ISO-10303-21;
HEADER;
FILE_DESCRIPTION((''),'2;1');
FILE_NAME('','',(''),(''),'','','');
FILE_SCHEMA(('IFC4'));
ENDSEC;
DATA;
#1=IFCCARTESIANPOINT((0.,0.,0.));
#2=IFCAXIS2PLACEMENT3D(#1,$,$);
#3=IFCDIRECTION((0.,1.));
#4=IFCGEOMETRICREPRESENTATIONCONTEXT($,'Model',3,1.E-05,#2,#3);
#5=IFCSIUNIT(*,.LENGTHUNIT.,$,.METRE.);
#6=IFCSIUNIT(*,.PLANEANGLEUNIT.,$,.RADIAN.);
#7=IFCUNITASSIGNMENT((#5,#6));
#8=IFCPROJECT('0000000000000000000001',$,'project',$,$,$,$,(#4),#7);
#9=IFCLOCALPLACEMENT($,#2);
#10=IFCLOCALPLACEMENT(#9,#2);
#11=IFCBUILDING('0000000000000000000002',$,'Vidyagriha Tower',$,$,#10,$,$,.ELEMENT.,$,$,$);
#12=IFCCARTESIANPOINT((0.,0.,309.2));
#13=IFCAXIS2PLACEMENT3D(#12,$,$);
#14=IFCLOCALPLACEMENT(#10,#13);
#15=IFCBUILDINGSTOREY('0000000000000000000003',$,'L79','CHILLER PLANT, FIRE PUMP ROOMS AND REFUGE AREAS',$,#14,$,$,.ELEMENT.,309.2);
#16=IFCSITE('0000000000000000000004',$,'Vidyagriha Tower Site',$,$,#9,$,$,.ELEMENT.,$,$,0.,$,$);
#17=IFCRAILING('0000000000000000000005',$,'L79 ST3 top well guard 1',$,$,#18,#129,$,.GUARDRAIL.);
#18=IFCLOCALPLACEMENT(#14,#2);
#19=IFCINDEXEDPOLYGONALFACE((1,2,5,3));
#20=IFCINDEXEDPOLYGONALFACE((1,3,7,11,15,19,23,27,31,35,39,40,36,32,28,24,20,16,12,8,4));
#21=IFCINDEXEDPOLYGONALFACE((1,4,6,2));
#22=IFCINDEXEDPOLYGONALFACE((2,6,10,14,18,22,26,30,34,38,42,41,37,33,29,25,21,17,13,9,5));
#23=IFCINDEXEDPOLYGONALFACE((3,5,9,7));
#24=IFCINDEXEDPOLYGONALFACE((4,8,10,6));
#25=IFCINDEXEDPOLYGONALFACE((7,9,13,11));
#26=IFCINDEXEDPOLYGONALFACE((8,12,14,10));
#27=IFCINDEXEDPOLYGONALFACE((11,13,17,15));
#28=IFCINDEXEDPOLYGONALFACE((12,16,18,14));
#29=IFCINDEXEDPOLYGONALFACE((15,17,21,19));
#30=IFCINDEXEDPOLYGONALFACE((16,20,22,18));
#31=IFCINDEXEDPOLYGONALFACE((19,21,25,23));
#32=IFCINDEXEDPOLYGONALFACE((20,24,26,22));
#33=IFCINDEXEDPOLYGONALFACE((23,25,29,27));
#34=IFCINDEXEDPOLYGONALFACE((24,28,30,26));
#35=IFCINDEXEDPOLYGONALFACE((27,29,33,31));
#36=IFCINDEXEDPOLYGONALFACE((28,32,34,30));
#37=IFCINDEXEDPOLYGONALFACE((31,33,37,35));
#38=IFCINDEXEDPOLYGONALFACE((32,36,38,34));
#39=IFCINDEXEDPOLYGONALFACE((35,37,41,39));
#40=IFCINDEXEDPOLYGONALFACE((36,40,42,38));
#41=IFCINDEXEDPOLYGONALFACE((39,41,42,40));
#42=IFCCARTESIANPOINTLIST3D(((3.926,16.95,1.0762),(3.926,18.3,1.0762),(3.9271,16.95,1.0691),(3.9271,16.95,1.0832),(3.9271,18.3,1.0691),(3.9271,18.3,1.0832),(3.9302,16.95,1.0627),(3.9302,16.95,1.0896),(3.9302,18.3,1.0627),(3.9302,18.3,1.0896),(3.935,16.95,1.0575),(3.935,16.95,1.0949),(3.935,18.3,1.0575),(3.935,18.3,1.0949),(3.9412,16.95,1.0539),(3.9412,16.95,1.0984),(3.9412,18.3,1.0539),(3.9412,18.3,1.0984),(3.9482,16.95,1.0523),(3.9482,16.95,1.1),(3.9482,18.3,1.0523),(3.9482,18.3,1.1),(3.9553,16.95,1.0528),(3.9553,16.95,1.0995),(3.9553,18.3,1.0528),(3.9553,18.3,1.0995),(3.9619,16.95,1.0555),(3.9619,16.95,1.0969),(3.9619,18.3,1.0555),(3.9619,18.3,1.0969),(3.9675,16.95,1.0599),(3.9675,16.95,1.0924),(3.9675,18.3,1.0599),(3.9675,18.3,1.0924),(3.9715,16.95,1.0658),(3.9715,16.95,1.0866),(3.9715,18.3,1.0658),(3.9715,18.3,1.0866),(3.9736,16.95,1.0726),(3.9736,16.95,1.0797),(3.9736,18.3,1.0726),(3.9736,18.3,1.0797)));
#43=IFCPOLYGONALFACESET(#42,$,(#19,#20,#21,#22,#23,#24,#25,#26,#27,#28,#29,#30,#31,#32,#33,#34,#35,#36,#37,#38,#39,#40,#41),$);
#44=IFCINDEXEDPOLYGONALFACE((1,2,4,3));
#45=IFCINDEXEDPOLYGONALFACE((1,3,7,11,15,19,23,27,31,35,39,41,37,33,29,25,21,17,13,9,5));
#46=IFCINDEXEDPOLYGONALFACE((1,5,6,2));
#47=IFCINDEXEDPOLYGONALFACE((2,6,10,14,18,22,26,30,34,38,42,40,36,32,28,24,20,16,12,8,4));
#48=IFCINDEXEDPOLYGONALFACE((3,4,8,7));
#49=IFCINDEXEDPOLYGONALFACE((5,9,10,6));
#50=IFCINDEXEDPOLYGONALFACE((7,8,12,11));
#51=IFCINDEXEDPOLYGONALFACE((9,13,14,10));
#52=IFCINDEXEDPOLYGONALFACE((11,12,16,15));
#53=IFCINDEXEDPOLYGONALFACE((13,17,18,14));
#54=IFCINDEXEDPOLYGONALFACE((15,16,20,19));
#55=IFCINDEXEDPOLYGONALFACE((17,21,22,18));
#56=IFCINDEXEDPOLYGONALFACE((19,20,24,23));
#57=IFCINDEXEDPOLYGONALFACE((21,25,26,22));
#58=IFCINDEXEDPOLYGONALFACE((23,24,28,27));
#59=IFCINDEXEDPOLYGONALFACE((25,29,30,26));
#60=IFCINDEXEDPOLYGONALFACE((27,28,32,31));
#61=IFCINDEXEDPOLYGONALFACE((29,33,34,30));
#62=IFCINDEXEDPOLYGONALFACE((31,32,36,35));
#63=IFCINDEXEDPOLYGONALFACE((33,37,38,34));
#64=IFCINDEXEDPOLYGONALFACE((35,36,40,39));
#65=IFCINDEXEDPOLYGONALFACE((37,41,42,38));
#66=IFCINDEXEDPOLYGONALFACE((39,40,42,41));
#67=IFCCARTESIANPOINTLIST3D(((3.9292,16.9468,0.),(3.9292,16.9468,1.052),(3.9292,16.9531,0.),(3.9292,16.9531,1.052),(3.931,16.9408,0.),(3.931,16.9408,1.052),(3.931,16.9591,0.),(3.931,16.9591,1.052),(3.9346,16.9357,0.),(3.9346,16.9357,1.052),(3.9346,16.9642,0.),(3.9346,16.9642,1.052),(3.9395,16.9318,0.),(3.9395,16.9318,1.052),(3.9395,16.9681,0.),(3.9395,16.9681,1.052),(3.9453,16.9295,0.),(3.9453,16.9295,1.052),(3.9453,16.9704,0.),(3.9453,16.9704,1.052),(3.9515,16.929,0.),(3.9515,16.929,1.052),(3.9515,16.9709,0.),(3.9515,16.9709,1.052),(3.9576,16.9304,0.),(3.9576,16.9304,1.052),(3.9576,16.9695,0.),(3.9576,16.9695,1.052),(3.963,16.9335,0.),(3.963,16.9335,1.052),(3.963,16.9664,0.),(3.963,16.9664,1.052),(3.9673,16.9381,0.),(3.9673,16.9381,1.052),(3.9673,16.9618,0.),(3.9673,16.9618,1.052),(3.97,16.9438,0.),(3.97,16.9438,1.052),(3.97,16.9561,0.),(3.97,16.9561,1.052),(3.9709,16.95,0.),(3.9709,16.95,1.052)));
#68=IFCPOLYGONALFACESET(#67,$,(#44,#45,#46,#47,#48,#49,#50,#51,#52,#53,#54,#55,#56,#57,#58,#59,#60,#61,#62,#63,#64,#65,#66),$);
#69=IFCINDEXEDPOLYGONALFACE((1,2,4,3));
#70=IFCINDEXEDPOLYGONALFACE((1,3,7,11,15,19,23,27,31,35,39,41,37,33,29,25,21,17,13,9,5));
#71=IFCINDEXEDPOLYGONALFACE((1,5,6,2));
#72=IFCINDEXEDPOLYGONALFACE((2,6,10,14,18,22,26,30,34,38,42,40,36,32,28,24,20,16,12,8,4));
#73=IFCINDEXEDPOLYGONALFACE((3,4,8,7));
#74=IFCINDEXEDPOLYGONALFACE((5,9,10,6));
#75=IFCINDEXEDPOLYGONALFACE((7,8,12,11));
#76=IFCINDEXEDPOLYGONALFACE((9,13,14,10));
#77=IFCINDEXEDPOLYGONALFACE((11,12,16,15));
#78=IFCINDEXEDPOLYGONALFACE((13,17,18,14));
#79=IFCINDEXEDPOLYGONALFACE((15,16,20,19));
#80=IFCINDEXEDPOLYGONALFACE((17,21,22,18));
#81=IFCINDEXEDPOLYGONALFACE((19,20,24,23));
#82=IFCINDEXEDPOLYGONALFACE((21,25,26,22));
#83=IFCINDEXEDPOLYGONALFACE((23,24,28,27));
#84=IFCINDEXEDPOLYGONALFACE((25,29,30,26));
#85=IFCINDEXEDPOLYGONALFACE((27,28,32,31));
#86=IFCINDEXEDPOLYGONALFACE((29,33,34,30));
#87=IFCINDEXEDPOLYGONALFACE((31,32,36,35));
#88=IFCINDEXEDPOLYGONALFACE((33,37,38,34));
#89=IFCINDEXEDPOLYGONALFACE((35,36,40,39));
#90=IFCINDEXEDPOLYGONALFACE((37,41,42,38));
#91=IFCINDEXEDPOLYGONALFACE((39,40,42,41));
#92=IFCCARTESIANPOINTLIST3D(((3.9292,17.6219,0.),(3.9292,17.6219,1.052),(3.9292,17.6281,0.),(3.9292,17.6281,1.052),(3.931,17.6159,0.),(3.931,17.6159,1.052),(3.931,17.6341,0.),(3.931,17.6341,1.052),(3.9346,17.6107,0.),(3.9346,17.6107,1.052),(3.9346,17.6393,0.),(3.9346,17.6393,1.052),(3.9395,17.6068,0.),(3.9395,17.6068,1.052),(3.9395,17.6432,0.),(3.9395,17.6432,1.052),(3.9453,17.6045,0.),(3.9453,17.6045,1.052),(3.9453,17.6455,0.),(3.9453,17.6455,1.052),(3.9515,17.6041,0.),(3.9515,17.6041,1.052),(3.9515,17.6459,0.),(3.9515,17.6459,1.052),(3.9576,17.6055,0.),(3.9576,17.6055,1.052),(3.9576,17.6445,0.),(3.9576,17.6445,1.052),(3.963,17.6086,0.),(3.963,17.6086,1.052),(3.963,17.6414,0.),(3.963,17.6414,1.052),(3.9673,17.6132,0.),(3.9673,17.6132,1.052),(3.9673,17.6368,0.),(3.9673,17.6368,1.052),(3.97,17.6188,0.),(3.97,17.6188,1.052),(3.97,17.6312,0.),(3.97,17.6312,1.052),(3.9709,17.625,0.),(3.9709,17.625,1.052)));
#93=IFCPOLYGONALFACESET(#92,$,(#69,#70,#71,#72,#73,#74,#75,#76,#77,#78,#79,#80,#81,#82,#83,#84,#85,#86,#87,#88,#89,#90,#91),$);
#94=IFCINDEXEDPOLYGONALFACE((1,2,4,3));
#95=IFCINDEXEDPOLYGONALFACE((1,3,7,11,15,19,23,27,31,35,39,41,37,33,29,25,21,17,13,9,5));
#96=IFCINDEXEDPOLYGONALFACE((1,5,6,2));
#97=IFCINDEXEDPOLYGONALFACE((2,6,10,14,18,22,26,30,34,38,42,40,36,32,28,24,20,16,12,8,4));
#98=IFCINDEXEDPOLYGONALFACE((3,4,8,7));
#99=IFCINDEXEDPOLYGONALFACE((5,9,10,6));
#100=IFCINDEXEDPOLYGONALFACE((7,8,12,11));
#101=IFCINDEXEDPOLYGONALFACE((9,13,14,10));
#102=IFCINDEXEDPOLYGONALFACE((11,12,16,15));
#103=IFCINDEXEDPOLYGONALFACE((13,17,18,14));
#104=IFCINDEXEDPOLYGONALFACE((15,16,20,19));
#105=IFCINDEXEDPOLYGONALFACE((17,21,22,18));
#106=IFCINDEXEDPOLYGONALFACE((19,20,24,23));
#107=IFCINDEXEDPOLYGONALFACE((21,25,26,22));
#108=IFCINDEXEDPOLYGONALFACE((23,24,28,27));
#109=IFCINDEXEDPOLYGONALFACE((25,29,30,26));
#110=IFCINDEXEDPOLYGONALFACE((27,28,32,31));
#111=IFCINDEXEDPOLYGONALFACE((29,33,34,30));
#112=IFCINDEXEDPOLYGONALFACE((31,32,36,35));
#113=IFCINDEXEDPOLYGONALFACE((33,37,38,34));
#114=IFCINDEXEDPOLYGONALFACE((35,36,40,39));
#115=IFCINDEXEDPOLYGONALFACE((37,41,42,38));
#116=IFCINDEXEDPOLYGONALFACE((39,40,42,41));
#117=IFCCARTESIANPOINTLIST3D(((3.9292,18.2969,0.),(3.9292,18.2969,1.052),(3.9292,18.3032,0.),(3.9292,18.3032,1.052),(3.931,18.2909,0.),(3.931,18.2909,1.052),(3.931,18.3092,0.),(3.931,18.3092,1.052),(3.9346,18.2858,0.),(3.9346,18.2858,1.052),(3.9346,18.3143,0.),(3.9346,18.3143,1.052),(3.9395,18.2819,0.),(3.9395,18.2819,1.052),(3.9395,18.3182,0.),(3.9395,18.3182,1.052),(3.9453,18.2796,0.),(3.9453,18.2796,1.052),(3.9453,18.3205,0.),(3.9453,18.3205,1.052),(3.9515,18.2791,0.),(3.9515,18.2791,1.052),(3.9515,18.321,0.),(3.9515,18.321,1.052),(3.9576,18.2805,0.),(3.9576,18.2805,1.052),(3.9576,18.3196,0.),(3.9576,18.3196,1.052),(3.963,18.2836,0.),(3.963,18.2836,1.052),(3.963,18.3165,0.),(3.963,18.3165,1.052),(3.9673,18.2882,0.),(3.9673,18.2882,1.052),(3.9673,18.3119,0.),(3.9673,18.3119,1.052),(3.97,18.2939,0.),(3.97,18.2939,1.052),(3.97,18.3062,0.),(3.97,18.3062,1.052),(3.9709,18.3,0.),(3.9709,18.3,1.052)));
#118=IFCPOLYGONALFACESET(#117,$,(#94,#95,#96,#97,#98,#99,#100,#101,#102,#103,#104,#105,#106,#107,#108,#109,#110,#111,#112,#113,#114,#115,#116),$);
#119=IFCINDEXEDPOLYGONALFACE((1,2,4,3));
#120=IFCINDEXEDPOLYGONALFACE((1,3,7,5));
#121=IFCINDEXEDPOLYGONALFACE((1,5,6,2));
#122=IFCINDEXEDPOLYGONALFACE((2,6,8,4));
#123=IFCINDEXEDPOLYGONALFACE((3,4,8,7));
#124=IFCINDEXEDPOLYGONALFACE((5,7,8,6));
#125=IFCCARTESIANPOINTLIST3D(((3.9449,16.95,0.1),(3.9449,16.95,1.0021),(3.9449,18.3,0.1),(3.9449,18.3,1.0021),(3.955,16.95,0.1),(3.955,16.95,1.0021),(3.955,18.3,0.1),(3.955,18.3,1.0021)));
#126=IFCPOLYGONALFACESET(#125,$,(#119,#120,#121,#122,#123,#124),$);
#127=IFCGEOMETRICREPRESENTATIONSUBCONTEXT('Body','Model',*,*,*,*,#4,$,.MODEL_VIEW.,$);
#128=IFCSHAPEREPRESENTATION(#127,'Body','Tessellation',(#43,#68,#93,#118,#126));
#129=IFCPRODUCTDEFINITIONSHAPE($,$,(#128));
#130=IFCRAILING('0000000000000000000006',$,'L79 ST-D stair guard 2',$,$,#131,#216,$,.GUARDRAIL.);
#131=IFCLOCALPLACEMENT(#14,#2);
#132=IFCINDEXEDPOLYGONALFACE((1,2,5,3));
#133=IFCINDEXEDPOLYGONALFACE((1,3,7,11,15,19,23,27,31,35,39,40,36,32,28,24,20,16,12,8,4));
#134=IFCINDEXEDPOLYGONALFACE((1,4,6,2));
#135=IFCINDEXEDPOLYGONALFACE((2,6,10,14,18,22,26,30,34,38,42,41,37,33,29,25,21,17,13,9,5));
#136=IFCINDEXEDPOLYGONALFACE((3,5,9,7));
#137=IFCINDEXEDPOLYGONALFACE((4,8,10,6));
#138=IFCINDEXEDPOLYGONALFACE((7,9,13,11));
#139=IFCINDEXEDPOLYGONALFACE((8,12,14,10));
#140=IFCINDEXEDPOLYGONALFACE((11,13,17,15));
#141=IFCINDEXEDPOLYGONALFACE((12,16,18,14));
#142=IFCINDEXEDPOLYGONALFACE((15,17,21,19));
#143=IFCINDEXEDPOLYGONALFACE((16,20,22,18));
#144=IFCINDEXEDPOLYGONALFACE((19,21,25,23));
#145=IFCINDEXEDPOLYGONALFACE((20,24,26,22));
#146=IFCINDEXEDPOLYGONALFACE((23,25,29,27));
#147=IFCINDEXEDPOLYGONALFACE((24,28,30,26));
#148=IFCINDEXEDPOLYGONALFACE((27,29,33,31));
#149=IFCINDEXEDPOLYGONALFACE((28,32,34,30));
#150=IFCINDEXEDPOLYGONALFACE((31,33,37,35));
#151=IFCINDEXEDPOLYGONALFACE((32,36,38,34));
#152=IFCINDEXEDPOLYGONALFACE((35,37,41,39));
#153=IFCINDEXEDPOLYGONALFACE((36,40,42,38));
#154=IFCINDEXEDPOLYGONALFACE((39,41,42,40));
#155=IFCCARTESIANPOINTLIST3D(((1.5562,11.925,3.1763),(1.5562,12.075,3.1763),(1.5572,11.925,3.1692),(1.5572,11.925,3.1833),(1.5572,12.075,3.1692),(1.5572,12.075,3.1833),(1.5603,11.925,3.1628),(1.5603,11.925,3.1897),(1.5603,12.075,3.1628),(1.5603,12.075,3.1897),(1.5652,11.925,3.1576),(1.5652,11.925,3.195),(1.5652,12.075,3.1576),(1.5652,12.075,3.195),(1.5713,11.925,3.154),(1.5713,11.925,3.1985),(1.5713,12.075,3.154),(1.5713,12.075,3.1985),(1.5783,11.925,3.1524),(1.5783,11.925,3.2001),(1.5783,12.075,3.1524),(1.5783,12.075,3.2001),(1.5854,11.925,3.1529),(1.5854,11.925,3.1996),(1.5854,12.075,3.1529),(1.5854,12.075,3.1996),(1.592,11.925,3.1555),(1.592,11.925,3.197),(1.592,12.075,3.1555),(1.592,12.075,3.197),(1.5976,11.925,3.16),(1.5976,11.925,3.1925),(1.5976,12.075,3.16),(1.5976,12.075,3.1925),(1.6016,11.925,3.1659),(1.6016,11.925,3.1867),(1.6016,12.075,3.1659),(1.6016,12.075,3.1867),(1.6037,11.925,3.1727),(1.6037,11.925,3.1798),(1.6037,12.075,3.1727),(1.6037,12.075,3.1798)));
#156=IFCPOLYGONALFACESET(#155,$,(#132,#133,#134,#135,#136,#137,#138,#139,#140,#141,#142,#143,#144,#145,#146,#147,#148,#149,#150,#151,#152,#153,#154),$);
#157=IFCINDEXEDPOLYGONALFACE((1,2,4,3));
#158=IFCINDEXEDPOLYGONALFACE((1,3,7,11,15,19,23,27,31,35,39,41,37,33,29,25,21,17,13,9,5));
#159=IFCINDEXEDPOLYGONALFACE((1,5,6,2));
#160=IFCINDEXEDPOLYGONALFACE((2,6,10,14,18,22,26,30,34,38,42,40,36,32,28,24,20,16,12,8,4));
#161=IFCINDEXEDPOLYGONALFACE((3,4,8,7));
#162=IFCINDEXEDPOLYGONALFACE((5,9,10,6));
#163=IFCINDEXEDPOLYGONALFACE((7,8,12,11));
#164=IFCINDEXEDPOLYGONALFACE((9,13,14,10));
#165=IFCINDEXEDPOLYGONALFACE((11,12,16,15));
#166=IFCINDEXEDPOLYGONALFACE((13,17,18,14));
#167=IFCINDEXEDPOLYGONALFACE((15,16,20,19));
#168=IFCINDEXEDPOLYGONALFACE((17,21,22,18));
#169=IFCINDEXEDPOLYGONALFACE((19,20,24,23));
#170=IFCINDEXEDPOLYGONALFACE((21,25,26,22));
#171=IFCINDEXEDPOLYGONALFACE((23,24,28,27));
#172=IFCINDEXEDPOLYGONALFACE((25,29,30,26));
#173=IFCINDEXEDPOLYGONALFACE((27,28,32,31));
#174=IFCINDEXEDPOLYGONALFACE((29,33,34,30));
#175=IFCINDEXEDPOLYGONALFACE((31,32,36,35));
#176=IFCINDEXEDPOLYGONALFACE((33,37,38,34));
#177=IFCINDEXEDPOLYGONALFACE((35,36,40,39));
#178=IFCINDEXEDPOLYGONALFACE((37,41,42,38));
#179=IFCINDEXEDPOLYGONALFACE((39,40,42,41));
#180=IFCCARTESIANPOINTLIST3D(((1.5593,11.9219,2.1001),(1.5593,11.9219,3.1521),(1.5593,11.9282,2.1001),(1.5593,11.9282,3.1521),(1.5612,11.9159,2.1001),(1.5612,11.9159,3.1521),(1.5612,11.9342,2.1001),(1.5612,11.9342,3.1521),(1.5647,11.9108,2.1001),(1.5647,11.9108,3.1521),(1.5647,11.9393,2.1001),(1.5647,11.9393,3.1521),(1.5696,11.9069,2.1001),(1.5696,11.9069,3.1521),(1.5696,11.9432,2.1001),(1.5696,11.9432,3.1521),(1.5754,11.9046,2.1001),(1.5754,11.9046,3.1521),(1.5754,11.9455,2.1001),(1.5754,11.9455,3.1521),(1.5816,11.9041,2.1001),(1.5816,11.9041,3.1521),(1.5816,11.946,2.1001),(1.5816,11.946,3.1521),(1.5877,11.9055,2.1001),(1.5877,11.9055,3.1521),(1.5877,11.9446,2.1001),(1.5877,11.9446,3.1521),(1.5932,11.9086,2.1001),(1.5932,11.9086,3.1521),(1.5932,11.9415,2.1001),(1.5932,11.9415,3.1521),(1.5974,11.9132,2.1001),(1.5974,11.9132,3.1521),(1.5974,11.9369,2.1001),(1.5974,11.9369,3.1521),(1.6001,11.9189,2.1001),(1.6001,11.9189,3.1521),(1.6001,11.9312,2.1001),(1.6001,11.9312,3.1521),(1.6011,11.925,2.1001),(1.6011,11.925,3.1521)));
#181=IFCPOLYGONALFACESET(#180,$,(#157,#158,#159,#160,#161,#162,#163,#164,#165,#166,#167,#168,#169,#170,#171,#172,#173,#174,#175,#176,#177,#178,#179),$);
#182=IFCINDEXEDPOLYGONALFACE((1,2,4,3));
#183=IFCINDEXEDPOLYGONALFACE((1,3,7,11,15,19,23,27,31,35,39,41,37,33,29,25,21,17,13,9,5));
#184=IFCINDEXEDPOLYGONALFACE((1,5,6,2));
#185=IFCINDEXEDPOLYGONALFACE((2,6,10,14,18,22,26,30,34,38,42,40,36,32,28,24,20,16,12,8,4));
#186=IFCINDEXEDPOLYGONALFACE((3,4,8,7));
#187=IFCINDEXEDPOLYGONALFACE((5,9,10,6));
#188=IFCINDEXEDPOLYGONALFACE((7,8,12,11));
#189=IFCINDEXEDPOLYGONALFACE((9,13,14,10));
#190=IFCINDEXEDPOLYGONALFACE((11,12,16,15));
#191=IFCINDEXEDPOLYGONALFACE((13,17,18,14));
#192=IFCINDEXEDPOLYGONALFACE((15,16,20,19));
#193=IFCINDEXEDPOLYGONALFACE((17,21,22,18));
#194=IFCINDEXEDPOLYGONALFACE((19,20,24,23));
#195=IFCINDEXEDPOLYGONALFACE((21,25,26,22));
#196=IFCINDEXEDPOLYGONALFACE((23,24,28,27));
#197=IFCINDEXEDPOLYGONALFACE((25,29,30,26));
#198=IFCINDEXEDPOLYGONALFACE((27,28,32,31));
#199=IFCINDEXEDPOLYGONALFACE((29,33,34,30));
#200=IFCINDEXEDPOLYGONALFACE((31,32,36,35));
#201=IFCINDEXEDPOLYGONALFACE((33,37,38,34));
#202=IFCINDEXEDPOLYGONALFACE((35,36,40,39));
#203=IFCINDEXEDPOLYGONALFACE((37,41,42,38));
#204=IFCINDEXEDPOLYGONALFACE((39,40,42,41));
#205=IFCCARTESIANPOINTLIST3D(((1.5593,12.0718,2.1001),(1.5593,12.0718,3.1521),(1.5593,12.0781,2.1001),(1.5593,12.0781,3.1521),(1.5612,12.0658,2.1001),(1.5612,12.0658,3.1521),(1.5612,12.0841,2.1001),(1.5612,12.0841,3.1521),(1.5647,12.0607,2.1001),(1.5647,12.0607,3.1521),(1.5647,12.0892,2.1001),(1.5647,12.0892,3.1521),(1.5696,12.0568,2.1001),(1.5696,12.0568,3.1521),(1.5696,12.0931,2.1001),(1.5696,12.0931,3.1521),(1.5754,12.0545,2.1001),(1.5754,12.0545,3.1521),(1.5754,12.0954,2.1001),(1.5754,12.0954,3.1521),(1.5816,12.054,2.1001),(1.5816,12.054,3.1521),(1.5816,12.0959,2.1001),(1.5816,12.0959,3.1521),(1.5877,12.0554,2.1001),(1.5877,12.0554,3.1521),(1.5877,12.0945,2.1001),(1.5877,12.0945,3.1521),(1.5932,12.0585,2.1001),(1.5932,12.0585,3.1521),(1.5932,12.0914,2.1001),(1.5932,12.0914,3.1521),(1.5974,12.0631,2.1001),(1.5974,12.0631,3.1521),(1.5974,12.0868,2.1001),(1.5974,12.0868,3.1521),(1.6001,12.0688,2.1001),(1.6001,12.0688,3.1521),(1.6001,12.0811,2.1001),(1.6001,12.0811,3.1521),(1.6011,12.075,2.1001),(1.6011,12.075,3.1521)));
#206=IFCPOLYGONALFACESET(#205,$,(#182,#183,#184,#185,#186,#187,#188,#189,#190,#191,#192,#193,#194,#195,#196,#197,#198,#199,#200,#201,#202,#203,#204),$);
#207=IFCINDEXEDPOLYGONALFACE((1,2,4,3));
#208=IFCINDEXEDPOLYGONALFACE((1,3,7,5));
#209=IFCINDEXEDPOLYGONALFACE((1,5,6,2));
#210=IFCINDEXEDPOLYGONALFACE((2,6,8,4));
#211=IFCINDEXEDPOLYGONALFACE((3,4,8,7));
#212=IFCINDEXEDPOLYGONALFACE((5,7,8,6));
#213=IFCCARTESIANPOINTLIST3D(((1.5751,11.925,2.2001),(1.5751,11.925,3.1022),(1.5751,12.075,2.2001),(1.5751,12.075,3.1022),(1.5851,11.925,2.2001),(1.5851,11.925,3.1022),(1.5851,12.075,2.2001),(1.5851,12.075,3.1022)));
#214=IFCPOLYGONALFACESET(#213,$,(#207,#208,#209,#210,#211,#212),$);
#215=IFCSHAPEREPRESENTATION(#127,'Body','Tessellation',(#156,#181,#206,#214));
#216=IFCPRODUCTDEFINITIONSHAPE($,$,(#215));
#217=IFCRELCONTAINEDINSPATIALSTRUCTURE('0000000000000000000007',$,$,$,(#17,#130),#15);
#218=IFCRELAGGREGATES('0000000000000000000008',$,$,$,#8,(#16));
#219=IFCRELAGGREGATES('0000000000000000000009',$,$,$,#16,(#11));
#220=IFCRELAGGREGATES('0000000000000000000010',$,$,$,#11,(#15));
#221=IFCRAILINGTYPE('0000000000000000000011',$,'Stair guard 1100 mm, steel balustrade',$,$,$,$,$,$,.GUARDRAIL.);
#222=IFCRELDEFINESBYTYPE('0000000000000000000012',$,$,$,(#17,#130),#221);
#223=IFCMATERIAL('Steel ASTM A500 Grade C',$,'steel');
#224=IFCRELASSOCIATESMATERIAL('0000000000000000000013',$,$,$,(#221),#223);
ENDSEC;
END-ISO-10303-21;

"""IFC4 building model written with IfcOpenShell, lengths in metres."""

from ifc_helpers import new_model, si_unit, direction, frame, origin, origin_2d, place, context, subcontext, project, spatial, rectangle, circle, extrude, material, type_object, element, save


model = new_model("IFC4")

# Units and contexts
model_context = context("Model", 3, precision=1e-05, world=origin(), true_north=direction((0.0, 1.0)))
body_context = subcontext(model_context, "Body", "Model", "MODEL_VIEW")
ifc_project = project(units=[si_unit("LENGTHUNIT", "METRE"), si_unit("PLANEANGLEUNIT", "RADIAN")], contexts=[model_context])

# Site, building, storey
site_placement = place(None, origin())
site = spatial("IfcSite", under=ifc_project, at=site_placement, Name="Vidyagriha Tower Site", CompositionType="ELEMENT", RefElevation=0.0)
building_placement = place(site_placement, origin())
building = spatial("IfcBuilding", under=site, at=building_placement, Name="Vidyagriha Tower", CompositionType="ELEMENT")
storey_placement = place(building_placement, frame((0.0, 0.0, 309.2)))
storey = spatial("IfcBuildingStorey", under=building, at=storey_placement, Name="L79", Description="CHILLER PLANT, FIRE PUMP ROOMS AND REFUGE AREAS", CompositionType="ELEMENT", Elevation=309.2)

# Railings
ifc_material_1 = material(Name="Steel ASTM A500 Grade C", Category="steel")
railing_type_1 = type_object("IfcRailingType", Name="Stair guard 1100 mm, steel balustrade", PredefinedType="GUARDRAIL", material=ifc_material_1)
railing_1_placement = place(storey_placement, frame((3.95, 16.95, 0.0)))
element("IfcRailing", 1, at=railing_1_placement, inside=storey, type_object=railing_type_1, Name="L79 ST3 top well guard 1", PredefinedType="GUARDRAIL", context=body_context, shape_type="SweptSolid", body=[
    extrude(circle(Radius=0.0239, at=origin_2d()), frame((0.0, 0.0, 1.0762), z_axis=(0.0, 1.0, 0.0), x_axis=(-1.0, 0.0, 0.0)), (0.0, 0.0, 1.0), 1.3501),
    extrude(circle(Radius=0.021, at=origin_2d()), origin(), (0.0, 0.0, 1.0), 1.052),
    extrude(circle(Radius=0.021, at=origin_2d()), frame((0.0, 0.675, 0.0)), (0.0, 0.0, 1.0), 1.052),
    extrude(circle(Radius=0.021, at=origin_2d()), frame((0.0, 1.3501, 0.0)), (0.0, 0.0, 1.0), 1.052),
    extrude(rectangle(XDim=0.01, YDim=0.9021, at=origin_2d()), frame((0.0, 0.0, 0.551), z_axis=(0.0, 1.0, 0.0), x_axis=(-1.0, 0.0, 0.0)), (0.0, 0.0, 1.0), 1.3501),
])
railing_2_placement = place(storey_placement, frame((1.5801, 11.925, 2.1001)))
element("IfcRailing", 2, at=railing_2_placement, inside=storey, type_object=railing_type_1, Name="L79 ST-D stair guard 2", PredefinedType="GUARDRAIL", context=body_context, shape_type="SweptSolid", body=[
    extrude(circle(Radius=0.0239, at=origin_2d()), frame((0.0, 0.0, 1.0762), z_axis=(0.0, 1.0, 0.0), x_axis=(-1.0, 0.0, 0.0)), (0.0, 0.0, 1.0), 0.1499),
    extrude(circle(Radius=0.021, at=origin_2d()), origin(), (0.0, 0.0, 1.0), 1.052),
    extrude(circle(Radius=0.021, at=origin_2d()), frame((0.0, 0.1499, 0.0)), (0.0, 0.0, 1.0), 1.052),
    extrude(rectangle(XDim=0.01, YDim=0.9021, at=origin_2d()), frame((0.0, 0.0, 0.551), z_axis=(0.0, 1.0, 0.0), x_axis=(-1.0, 0.0, 0.0)), (0.0, 0.0, 1.0), 0.1499),
])

save(model, "model.ifc")
